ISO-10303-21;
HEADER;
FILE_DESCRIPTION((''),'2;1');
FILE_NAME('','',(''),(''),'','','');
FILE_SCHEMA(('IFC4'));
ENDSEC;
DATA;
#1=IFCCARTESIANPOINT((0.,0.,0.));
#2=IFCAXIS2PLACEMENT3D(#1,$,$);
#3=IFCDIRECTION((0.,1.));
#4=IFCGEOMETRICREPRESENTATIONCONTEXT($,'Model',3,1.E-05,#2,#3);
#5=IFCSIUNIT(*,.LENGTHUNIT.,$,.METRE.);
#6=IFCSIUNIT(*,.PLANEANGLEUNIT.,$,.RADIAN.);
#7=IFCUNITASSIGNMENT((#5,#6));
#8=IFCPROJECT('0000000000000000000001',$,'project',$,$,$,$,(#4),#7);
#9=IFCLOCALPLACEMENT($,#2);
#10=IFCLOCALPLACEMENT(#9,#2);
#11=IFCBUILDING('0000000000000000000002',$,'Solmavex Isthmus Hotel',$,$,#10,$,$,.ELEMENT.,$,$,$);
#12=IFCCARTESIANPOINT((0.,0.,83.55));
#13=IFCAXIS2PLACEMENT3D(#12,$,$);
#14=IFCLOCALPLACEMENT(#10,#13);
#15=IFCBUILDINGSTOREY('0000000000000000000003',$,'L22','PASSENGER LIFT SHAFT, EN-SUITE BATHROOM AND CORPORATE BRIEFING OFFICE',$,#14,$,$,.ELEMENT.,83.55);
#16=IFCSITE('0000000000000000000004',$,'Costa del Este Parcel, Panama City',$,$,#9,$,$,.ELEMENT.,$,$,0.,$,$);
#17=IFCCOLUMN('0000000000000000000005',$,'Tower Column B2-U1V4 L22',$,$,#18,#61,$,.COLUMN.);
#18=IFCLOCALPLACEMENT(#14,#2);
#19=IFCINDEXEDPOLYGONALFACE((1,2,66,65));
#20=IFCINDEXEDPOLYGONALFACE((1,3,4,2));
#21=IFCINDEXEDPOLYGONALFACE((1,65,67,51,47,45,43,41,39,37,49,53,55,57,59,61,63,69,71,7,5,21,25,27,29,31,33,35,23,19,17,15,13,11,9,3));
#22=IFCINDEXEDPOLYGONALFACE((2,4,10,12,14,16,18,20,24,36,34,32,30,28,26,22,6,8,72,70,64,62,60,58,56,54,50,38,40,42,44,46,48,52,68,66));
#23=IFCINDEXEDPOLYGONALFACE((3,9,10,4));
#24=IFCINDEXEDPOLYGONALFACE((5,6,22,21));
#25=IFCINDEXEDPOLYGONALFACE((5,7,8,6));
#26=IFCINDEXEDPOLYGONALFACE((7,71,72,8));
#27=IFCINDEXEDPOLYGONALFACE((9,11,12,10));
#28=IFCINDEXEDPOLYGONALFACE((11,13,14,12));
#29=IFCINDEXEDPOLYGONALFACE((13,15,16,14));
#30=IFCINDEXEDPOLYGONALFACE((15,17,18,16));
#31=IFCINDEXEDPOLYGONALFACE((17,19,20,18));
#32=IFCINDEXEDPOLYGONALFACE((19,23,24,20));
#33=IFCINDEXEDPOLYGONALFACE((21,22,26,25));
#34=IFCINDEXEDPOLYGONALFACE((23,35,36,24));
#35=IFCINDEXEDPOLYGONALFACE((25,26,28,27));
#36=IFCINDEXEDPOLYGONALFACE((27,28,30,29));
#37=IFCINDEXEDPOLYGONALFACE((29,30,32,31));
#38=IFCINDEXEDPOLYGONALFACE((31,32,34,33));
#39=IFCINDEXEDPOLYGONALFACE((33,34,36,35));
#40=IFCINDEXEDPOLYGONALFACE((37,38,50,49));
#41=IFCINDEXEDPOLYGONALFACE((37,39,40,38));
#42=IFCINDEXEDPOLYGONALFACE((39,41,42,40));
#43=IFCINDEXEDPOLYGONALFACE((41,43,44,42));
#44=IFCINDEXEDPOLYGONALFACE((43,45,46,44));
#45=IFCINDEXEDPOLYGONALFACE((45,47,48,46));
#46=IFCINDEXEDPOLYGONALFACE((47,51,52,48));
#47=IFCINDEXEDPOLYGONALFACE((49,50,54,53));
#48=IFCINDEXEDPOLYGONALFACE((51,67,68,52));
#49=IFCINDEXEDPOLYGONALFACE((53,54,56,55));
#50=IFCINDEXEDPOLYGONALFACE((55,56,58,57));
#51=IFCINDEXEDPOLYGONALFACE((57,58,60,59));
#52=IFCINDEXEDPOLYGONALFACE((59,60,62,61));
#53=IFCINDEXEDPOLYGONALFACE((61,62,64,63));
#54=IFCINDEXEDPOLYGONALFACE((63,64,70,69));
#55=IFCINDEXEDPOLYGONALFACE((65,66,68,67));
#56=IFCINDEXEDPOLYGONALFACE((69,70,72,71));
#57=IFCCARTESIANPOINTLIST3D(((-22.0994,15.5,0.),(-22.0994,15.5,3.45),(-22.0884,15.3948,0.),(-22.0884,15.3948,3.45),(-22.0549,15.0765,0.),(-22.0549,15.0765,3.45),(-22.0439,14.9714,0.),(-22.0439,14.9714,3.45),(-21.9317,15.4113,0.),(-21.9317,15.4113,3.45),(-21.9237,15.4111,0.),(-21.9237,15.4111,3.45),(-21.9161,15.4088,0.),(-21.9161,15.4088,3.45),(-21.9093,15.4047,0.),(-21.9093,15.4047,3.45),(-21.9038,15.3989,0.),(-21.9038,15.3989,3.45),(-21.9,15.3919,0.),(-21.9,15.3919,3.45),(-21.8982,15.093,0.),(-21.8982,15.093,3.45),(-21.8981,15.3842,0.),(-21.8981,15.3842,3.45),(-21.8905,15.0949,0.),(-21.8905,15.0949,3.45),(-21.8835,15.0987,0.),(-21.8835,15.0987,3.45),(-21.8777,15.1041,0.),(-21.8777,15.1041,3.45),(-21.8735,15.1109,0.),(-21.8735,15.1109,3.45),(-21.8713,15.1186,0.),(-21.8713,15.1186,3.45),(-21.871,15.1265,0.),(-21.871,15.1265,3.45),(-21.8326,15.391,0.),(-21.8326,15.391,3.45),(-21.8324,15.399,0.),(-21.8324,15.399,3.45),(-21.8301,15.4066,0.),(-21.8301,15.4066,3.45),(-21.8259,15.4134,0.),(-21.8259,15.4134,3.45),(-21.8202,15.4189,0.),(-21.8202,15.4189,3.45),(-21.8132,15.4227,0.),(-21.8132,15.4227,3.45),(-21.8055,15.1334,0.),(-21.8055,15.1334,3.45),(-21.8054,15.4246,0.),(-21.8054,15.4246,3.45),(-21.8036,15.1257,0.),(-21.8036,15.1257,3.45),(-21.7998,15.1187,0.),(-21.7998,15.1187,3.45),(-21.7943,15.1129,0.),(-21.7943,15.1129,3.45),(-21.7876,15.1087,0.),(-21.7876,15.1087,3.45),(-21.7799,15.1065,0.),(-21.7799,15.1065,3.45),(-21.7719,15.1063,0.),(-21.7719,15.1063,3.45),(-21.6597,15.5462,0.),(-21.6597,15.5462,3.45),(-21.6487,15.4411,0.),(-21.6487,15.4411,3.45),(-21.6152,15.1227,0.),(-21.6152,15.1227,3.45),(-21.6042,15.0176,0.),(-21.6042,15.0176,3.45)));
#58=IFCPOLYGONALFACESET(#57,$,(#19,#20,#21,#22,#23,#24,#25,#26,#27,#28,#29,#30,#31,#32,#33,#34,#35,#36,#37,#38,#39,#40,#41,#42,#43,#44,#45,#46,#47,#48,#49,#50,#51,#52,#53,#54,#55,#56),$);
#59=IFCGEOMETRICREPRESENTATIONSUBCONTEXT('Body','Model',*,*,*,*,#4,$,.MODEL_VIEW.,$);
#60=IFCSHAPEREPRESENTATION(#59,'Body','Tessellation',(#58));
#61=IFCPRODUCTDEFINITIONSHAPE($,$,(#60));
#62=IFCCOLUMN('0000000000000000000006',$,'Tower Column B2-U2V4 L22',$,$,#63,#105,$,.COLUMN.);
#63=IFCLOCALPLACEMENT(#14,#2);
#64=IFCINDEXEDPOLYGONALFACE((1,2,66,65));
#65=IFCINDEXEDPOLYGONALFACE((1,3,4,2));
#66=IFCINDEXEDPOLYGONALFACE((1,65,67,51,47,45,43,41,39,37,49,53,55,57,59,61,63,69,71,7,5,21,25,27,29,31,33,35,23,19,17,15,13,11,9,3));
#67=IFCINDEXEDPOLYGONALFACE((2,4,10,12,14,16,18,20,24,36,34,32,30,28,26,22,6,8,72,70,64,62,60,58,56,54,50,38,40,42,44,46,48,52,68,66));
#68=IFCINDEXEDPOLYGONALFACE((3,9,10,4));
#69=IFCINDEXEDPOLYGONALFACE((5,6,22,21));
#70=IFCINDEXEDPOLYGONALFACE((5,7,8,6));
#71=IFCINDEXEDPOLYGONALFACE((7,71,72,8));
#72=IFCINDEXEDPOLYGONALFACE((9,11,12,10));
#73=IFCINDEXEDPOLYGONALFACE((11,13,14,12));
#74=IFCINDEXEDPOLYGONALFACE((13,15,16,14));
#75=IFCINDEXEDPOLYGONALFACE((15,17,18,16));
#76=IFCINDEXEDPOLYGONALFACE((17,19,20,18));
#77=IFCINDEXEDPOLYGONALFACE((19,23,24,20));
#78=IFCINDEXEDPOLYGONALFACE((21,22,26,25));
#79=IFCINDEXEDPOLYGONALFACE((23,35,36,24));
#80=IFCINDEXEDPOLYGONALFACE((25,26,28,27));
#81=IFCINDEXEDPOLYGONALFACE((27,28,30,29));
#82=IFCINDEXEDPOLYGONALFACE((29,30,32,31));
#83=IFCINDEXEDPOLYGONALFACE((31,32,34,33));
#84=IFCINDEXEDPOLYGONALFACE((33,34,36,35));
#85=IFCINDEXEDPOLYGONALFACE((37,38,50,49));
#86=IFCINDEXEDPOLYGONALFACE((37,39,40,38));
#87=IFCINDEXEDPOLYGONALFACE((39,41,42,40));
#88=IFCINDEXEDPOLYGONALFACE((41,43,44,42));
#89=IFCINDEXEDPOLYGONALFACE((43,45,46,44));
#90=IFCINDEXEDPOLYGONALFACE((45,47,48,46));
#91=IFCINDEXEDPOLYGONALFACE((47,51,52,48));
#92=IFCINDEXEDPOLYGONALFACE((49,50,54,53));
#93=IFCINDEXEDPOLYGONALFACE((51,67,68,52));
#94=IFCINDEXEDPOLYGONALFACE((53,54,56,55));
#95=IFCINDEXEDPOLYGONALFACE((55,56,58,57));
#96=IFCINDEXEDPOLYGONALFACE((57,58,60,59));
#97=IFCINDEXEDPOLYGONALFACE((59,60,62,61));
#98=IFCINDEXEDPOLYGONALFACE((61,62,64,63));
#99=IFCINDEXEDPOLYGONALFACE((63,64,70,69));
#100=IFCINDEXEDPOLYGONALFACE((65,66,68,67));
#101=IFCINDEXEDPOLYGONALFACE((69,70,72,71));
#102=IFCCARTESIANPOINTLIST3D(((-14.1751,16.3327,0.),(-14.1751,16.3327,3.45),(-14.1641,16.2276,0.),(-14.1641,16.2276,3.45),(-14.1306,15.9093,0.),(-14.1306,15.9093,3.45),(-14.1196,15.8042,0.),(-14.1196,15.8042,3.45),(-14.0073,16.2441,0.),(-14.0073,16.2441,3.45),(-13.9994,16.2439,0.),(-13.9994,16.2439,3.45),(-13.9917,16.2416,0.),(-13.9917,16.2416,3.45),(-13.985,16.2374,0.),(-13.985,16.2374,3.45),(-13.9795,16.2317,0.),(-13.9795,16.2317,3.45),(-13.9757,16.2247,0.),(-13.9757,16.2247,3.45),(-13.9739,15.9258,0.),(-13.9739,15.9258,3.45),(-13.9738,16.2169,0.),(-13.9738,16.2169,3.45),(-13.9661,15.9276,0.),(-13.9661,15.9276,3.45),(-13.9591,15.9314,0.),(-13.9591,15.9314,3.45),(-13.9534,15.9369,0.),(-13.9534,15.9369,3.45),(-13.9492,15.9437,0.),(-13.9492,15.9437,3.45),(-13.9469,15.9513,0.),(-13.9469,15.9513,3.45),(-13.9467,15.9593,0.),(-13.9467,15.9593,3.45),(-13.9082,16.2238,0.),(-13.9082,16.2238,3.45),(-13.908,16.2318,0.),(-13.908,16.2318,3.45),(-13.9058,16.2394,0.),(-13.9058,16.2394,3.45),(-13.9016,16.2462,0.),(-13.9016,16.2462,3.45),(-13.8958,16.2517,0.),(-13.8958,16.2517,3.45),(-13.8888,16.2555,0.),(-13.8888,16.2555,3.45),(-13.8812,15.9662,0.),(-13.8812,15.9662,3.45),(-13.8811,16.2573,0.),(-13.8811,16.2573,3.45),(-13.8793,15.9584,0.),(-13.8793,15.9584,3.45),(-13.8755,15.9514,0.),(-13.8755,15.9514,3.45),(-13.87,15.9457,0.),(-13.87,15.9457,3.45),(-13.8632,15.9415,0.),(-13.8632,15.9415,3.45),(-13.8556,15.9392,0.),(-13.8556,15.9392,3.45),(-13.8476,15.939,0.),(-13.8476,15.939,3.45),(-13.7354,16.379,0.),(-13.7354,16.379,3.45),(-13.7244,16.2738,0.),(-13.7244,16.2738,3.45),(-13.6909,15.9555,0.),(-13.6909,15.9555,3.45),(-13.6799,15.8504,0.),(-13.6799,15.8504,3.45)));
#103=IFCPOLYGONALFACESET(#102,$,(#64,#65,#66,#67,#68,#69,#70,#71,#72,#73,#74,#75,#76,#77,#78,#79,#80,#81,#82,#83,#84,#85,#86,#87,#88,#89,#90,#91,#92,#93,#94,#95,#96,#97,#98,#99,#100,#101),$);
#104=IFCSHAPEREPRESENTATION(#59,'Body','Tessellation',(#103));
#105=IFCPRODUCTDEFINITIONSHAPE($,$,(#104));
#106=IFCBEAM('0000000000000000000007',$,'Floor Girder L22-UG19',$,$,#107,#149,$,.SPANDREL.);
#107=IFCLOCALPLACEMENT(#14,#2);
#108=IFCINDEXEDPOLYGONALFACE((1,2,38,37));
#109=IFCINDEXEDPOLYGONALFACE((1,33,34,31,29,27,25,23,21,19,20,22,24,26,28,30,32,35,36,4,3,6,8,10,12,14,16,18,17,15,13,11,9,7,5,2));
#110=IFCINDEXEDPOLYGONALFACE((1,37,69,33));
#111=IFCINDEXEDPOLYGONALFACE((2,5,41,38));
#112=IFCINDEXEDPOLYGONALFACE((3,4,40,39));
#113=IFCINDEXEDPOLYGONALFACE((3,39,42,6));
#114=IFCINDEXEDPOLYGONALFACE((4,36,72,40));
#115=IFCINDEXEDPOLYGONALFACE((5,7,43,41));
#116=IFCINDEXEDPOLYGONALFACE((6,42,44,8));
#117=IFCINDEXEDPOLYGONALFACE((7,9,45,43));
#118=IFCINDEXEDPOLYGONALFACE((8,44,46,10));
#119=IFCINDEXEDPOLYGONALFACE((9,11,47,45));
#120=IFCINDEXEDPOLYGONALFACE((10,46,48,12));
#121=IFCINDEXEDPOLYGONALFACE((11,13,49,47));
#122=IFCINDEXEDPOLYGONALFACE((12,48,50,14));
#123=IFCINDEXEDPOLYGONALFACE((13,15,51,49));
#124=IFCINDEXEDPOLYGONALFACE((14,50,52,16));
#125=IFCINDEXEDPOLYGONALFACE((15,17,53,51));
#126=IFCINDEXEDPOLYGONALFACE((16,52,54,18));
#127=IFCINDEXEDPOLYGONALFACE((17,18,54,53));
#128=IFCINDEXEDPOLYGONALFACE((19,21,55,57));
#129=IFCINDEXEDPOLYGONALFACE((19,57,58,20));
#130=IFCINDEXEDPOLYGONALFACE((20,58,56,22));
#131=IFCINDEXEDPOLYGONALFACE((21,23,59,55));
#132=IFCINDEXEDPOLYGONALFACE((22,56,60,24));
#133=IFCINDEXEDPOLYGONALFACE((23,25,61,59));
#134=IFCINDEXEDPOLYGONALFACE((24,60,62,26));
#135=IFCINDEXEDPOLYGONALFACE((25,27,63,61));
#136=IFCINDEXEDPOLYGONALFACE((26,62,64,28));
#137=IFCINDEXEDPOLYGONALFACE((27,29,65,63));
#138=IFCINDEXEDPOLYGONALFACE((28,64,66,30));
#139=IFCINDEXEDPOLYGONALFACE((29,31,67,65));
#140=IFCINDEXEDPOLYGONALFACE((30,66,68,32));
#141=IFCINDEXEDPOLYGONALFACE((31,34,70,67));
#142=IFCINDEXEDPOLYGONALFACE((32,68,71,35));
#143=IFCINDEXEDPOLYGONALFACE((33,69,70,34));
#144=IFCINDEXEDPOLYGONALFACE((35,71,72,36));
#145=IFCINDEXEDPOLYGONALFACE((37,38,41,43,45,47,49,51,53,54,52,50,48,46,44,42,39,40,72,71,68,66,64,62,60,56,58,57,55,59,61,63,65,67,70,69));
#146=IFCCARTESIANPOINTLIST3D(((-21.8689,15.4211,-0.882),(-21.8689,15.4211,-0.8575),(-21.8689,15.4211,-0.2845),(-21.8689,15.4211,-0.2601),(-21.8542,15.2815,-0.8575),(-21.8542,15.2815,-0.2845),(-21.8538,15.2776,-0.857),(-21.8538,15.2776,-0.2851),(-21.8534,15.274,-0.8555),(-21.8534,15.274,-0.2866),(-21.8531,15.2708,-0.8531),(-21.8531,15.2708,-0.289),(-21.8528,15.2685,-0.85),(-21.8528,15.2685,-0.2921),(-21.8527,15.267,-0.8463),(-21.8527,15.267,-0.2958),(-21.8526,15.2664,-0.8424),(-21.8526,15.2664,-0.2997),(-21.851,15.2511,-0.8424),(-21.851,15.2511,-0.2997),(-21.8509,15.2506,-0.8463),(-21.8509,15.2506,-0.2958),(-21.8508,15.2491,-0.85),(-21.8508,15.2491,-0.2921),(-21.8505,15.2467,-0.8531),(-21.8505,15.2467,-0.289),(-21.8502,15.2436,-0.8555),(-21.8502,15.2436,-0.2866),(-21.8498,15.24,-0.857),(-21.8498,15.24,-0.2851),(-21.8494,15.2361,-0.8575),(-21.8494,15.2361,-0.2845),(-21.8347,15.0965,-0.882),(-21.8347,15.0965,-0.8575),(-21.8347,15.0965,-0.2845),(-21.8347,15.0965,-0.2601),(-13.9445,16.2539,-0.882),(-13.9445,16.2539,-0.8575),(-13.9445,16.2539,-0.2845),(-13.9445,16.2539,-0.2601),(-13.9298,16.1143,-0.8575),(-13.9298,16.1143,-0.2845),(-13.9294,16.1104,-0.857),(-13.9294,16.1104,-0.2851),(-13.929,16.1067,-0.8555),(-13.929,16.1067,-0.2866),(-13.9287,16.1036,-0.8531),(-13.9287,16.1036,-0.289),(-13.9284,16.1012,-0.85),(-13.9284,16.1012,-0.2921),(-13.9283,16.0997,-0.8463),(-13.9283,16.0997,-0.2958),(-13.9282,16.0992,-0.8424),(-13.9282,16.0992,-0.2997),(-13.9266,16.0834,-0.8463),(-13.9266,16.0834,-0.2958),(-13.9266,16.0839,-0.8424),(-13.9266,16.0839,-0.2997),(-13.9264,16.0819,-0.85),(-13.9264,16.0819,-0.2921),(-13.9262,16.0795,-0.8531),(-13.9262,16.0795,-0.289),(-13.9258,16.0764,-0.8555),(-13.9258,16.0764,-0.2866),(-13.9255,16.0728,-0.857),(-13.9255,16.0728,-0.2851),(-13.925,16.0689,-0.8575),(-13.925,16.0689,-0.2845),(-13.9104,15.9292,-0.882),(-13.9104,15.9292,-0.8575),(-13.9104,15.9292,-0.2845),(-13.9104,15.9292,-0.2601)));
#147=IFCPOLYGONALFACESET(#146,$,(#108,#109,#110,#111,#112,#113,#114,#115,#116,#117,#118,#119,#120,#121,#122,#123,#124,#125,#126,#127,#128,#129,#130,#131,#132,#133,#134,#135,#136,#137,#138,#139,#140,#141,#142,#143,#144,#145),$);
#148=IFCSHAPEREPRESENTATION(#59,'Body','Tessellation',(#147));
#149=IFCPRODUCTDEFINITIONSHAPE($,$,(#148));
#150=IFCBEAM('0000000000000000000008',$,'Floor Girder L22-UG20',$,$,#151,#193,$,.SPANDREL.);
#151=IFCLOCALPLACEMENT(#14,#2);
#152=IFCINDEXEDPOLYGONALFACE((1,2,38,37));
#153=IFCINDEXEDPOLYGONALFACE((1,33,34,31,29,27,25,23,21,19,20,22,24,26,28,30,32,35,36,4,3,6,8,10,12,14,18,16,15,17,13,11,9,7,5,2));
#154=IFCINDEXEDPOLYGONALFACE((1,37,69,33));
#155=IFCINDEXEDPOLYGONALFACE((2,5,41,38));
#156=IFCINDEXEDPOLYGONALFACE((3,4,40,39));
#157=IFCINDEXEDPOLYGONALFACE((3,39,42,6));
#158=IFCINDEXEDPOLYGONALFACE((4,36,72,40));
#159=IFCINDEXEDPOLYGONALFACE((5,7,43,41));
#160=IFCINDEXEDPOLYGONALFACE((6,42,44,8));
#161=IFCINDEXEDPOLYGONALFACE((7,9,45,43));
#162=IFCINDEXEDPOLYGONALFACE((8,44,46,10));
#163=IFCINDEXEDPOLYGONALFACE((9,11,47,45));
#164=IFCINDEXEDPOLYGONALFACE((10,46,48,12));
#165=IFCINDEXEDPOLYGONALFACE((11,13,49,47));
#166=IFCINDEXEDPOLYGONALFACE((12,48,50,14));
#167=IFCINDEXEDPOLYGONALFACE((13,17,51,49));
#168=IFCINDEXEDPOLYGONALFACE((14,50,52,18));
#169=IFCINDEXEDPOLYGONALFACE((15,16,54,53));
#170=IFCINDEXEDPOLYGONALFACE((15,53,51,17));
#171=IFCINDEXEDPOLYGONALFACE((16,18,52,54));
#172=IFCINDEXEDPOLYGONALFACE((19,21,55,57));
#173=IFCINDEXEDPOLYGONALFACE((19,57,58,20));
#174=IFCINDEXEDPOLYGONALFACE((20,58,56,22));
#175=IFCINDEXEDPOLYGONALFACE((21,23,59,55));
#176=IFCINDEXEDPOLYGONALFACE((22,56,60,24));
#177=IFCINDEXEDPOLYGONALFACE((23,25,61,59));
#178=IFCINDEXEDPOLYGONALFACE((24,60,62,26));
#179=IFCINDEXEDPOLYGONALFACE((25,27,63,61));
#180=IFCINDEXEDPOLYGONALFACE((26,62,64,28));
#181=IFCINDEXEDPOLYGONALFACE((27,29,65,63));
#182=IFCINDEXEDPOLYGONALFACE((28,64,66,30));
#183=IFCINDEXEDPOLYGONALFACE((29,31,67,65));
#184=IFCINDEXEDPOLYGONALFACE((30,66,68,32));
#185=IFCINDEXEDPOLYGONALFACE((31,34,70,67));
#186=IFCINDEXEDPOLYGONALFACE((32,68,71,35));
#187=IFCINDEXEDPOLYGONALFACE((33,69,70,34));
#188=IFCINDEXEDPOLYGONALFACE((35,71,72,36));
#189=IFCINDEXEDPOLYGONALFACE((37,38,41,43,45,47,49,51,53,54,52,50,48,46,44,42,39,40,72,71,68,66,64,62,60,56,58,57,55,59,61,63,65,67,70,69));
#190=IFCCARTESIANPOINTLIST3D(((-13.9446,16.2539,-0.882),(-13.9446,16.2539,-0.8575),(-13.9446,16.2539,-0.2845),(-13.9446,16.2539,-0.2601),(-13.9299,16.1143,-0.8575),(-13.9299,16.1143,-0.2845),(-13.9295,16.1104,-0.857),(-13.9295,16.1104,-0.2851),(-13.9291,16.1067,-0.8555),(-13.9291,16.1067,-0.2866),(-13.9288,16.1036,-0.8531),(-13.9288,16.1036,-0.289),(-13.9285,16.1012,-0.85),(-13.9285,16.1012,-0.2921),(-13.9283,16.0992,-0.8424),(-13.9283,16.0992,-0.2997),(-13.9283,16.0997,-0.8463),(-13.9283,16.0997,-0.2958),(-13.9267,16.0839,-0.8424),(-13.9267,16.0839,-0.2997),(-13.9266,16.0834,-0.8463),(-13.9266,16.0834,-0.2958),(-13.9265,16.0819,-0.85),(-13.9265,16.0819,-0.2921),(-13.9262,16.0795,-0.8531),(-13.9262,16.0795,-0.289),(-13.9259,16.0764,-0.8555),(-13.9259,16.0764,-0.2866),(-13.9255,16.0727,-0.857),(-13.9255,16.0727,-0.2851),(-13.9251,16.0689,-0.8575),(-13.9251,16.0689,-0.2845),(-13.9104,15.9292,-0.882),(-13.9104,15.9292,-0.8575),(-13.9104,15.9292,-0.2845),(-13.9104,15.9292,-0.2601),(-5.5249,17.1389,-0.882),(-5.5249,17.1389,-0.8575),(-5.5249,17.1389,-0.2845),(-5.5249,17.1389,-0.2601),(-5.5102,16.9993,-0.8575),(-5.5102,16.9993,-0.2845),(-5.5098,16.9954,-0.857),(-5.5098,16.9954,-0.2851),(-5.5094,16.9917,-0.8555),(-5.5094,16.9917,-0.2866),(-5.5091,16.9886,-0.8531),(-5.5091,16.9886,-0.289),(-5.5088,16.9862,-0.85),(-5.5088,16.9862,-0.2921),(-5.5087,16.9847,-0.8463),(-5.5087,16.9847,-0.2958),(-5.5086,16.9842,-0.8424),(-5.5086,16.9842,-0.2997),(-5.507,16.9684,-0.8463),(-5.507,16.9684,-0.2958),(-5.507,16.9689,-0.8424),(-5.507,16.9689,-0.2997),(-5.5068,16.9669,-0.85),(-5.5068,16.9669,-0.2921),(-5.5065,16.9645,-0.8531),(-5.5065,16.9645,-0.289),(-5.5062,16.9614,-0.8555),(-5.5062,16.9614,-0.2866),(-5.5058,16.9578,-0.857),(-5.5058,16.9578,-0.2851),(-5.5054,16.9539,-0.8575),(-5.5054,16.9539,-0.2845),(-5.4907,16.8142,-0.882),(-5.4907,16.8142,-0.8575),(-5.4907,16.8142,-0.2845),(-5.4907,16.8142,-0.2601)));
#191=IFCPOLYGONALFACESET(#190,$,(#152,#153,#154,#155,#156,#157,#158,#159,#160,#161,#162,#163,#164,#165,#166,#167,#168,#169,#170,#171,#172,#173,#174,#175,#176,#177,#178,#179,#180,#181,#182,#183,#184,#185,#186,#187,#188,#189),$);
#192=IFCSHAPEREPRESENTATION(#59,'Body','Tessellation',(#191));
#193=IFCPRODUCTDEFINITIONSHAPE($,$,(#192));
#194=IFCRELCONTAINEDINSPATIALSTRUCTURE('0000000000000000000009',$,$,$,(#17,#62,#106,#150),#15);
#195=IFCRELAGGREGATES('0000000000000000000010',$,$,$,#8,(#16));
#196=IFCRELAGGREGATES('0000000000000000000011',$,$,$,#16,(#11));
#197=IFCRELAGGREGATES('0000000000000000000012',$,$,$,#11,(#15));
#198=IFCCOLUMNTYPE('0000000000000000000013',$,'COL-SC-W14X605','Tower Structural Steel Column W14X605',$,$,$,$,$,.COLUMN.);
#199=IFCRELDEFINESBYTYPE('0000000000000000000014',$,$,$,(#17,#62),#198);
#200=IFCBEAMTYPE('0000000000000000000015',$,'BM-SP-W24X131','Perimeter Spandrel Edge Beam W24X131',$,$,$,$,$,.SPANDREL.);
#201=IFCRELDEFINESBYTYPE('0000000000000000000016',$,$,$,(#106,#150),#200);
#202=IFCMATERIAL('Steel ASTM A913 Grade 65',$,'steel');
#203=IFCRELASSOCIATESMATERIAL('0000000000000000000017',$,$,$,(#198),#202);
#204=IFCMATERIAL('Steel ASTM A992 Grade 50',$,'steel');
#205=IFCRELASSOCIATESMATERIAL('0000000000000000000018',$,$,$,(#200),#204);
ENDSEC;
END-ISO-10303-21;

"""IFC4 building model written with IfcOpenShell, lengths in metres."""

from ifc_helpers import new_model, si_unit, direction, frame, origin, origin_2d, place, context, subcontext, project, spatial, i_section, extrude, material, material_profile, profile_set, type_object, element, save


model = new_model("IFC4")

# Units and contexts
model_context = context("Model", 3, precision=1e-05, world=origin(), true_north=direction((0.0, 1.0)))
body_context = subcontext(model_context, "Body", "Model", "MODEL_VIEW")
ifc_project = project(units=[si_unit("LENGTHUNIT", "METRE"), si_unit("PLANEANGLEUNIT", "RADIAN")], contexts=[model_context])

# Site, building, storey
site_placement = place(None, origin())
site = spatial("IfcSite", under=ifc_project, at=site_placement, Name="Costa del Este Parcel, Panama City", CompositionType="ELEMENT", RefElevation=0.0)
building_placement = place(site_placement, origin())
building = spatial("IfcBuilding", under=site, at=building_placement, Name="Solmavex Isthmus Hotel", CompositionType="ELEMENT")
storey_placement = place(building_placement, frame((0.0, 0.0, 83.55)))
storey = spatial("IfcBuildingStorey", under=building, at=storey_placement, Name="L22", Description="PASSENGER LIFT SHAFT, EN-SUITE BATHROOM AND CORPORATE BRIEFING OFFICE", CompositionType="ELEMENT", Elevation=83.55)

# Columns
ifc_material_1 = material(Name="Steel ASTM A913 Grade 65", Category="steel")
ifc_material_profile_1 = material_profile(ifc_material_1, i_section(OverallWidth=0.4421, OverallDepth=0.5315, WebThickness=0.0659, FlangeThickness=0.1057, FilletRadius=0.0305, at=origin_2d()), Name="W14X605")
ifc_profile_set_1 = profile_set([ifc_material_profile_1], Name="Steel ASTM A913 Grade 65")
column_type = type_object("IfcColumnType", Name="COL-SC-W14X605", Description="Tower Structural Steel Column W14X605", PredefinedType="COLUMN", material=ifc_profile_set_1)
for number, where, z_axis, x_axis, name in (
    (1, (-21.8518, 15.2588, 0.0), (0.0, 0.0, 1.0), (0.994522, 0.104528, 0.0), "Tower Column B2-U1V4 L22"),
    (2, (-13.9275, 16.0916, 0.0), (0.0, 0.0, 1.0), (0.994522, 0.104528, 0.0), "Tower Column B2-U2V4 L22"),
):
    element("IfcColumn", number, at=place(storey_placement, frame(where, z_axis=z_axis, x_axis=x_axis)), inside=storey, type_object=column_type, Name=name, PredefinedType="COLUMN", context=body_context, shape_type="SweptSolid", body=[
        extrude(i_section(OverallWidth=0.4421, OverallDepth=0.5315, WebThickness=0.0659, FlangeThickness=0.1057, FilletRadius=0.0305, at=origin_2d()), origin(), (0.0, 0.0, 1.0), 3.45),
    ])

# Beams
ifc_material_2 = material(Name="Steel ASTM A992 Grade 50", Category="steel")
ifc_material_profile_2 = material_profile(ifc_material_2, i_section(OverallWidth=0.3264, OverallDepth=0.6218, WebThickness=0.0154, FlangeThickness=0.0244, FilletRadius=0.0151, at=origin_2d()), Name="W24X131")
ifc_profile_set_2 = profile_set([ifc_material_profile_2], Name="Steel ASTM A992 Grade 50")
beam_type = type_object("IfcBeamType", Name="BM-SP-W24X131", Description="Perimeter Spandrel Edge Beam W24X131", PredefinedType="SPANDREL", material=ifc_profile_set_2)
beam_1_placement = place(storey_placement, frame((-21.8518, 15.2588, -0.571), z_axis=(0.994523, 0.104514, 0.0), x_axis=(-0.104514, 0.994523, 0.0)))
element("IfcBeam", 3, at=beam_1_placement, inside=storey, type_object=beam_type, Name="Floor Girder L22-UG19", PredefinedType="SPANDREL", context=body_context, shape_type="SweptSolid", body=[
    extrude(i_section(OverallWidth=0.3264, OverallDepth=0.6218, WebThickness=0.0154, FlangeThickness=0.0244, FilletRadius=0.0151, at=origin_2d()), origin(), (0.0, 0.0, 1.0), 7.968),
])
beam_2_placement = place(storey_placement, frame((-13.9275, 16.0916, -0.571), z_axis=(0.994521, 0.104536, 0.0), x_axis=(-0.104536, 0.994521, 0.0)))
element("IfcBeam", 4, at=beam_2_placement, inside=storey, type_object=beam_type, Name="Floor Girder L22-UG20", PredefinedType="SPANDREL", context=body_context, shape_type="SweptSolid", body=[
    extrude(i_section(OverallWidth=0.3264, OverallDepth=0.6218, WebThickness=0.0154, FlangeThickness=0.0244, FilletRadius=0.0151, at=origin_2d()), origin(), (0.0, 0.0, 1.0), 8.4661),
])

save(model, "model.ifc")
